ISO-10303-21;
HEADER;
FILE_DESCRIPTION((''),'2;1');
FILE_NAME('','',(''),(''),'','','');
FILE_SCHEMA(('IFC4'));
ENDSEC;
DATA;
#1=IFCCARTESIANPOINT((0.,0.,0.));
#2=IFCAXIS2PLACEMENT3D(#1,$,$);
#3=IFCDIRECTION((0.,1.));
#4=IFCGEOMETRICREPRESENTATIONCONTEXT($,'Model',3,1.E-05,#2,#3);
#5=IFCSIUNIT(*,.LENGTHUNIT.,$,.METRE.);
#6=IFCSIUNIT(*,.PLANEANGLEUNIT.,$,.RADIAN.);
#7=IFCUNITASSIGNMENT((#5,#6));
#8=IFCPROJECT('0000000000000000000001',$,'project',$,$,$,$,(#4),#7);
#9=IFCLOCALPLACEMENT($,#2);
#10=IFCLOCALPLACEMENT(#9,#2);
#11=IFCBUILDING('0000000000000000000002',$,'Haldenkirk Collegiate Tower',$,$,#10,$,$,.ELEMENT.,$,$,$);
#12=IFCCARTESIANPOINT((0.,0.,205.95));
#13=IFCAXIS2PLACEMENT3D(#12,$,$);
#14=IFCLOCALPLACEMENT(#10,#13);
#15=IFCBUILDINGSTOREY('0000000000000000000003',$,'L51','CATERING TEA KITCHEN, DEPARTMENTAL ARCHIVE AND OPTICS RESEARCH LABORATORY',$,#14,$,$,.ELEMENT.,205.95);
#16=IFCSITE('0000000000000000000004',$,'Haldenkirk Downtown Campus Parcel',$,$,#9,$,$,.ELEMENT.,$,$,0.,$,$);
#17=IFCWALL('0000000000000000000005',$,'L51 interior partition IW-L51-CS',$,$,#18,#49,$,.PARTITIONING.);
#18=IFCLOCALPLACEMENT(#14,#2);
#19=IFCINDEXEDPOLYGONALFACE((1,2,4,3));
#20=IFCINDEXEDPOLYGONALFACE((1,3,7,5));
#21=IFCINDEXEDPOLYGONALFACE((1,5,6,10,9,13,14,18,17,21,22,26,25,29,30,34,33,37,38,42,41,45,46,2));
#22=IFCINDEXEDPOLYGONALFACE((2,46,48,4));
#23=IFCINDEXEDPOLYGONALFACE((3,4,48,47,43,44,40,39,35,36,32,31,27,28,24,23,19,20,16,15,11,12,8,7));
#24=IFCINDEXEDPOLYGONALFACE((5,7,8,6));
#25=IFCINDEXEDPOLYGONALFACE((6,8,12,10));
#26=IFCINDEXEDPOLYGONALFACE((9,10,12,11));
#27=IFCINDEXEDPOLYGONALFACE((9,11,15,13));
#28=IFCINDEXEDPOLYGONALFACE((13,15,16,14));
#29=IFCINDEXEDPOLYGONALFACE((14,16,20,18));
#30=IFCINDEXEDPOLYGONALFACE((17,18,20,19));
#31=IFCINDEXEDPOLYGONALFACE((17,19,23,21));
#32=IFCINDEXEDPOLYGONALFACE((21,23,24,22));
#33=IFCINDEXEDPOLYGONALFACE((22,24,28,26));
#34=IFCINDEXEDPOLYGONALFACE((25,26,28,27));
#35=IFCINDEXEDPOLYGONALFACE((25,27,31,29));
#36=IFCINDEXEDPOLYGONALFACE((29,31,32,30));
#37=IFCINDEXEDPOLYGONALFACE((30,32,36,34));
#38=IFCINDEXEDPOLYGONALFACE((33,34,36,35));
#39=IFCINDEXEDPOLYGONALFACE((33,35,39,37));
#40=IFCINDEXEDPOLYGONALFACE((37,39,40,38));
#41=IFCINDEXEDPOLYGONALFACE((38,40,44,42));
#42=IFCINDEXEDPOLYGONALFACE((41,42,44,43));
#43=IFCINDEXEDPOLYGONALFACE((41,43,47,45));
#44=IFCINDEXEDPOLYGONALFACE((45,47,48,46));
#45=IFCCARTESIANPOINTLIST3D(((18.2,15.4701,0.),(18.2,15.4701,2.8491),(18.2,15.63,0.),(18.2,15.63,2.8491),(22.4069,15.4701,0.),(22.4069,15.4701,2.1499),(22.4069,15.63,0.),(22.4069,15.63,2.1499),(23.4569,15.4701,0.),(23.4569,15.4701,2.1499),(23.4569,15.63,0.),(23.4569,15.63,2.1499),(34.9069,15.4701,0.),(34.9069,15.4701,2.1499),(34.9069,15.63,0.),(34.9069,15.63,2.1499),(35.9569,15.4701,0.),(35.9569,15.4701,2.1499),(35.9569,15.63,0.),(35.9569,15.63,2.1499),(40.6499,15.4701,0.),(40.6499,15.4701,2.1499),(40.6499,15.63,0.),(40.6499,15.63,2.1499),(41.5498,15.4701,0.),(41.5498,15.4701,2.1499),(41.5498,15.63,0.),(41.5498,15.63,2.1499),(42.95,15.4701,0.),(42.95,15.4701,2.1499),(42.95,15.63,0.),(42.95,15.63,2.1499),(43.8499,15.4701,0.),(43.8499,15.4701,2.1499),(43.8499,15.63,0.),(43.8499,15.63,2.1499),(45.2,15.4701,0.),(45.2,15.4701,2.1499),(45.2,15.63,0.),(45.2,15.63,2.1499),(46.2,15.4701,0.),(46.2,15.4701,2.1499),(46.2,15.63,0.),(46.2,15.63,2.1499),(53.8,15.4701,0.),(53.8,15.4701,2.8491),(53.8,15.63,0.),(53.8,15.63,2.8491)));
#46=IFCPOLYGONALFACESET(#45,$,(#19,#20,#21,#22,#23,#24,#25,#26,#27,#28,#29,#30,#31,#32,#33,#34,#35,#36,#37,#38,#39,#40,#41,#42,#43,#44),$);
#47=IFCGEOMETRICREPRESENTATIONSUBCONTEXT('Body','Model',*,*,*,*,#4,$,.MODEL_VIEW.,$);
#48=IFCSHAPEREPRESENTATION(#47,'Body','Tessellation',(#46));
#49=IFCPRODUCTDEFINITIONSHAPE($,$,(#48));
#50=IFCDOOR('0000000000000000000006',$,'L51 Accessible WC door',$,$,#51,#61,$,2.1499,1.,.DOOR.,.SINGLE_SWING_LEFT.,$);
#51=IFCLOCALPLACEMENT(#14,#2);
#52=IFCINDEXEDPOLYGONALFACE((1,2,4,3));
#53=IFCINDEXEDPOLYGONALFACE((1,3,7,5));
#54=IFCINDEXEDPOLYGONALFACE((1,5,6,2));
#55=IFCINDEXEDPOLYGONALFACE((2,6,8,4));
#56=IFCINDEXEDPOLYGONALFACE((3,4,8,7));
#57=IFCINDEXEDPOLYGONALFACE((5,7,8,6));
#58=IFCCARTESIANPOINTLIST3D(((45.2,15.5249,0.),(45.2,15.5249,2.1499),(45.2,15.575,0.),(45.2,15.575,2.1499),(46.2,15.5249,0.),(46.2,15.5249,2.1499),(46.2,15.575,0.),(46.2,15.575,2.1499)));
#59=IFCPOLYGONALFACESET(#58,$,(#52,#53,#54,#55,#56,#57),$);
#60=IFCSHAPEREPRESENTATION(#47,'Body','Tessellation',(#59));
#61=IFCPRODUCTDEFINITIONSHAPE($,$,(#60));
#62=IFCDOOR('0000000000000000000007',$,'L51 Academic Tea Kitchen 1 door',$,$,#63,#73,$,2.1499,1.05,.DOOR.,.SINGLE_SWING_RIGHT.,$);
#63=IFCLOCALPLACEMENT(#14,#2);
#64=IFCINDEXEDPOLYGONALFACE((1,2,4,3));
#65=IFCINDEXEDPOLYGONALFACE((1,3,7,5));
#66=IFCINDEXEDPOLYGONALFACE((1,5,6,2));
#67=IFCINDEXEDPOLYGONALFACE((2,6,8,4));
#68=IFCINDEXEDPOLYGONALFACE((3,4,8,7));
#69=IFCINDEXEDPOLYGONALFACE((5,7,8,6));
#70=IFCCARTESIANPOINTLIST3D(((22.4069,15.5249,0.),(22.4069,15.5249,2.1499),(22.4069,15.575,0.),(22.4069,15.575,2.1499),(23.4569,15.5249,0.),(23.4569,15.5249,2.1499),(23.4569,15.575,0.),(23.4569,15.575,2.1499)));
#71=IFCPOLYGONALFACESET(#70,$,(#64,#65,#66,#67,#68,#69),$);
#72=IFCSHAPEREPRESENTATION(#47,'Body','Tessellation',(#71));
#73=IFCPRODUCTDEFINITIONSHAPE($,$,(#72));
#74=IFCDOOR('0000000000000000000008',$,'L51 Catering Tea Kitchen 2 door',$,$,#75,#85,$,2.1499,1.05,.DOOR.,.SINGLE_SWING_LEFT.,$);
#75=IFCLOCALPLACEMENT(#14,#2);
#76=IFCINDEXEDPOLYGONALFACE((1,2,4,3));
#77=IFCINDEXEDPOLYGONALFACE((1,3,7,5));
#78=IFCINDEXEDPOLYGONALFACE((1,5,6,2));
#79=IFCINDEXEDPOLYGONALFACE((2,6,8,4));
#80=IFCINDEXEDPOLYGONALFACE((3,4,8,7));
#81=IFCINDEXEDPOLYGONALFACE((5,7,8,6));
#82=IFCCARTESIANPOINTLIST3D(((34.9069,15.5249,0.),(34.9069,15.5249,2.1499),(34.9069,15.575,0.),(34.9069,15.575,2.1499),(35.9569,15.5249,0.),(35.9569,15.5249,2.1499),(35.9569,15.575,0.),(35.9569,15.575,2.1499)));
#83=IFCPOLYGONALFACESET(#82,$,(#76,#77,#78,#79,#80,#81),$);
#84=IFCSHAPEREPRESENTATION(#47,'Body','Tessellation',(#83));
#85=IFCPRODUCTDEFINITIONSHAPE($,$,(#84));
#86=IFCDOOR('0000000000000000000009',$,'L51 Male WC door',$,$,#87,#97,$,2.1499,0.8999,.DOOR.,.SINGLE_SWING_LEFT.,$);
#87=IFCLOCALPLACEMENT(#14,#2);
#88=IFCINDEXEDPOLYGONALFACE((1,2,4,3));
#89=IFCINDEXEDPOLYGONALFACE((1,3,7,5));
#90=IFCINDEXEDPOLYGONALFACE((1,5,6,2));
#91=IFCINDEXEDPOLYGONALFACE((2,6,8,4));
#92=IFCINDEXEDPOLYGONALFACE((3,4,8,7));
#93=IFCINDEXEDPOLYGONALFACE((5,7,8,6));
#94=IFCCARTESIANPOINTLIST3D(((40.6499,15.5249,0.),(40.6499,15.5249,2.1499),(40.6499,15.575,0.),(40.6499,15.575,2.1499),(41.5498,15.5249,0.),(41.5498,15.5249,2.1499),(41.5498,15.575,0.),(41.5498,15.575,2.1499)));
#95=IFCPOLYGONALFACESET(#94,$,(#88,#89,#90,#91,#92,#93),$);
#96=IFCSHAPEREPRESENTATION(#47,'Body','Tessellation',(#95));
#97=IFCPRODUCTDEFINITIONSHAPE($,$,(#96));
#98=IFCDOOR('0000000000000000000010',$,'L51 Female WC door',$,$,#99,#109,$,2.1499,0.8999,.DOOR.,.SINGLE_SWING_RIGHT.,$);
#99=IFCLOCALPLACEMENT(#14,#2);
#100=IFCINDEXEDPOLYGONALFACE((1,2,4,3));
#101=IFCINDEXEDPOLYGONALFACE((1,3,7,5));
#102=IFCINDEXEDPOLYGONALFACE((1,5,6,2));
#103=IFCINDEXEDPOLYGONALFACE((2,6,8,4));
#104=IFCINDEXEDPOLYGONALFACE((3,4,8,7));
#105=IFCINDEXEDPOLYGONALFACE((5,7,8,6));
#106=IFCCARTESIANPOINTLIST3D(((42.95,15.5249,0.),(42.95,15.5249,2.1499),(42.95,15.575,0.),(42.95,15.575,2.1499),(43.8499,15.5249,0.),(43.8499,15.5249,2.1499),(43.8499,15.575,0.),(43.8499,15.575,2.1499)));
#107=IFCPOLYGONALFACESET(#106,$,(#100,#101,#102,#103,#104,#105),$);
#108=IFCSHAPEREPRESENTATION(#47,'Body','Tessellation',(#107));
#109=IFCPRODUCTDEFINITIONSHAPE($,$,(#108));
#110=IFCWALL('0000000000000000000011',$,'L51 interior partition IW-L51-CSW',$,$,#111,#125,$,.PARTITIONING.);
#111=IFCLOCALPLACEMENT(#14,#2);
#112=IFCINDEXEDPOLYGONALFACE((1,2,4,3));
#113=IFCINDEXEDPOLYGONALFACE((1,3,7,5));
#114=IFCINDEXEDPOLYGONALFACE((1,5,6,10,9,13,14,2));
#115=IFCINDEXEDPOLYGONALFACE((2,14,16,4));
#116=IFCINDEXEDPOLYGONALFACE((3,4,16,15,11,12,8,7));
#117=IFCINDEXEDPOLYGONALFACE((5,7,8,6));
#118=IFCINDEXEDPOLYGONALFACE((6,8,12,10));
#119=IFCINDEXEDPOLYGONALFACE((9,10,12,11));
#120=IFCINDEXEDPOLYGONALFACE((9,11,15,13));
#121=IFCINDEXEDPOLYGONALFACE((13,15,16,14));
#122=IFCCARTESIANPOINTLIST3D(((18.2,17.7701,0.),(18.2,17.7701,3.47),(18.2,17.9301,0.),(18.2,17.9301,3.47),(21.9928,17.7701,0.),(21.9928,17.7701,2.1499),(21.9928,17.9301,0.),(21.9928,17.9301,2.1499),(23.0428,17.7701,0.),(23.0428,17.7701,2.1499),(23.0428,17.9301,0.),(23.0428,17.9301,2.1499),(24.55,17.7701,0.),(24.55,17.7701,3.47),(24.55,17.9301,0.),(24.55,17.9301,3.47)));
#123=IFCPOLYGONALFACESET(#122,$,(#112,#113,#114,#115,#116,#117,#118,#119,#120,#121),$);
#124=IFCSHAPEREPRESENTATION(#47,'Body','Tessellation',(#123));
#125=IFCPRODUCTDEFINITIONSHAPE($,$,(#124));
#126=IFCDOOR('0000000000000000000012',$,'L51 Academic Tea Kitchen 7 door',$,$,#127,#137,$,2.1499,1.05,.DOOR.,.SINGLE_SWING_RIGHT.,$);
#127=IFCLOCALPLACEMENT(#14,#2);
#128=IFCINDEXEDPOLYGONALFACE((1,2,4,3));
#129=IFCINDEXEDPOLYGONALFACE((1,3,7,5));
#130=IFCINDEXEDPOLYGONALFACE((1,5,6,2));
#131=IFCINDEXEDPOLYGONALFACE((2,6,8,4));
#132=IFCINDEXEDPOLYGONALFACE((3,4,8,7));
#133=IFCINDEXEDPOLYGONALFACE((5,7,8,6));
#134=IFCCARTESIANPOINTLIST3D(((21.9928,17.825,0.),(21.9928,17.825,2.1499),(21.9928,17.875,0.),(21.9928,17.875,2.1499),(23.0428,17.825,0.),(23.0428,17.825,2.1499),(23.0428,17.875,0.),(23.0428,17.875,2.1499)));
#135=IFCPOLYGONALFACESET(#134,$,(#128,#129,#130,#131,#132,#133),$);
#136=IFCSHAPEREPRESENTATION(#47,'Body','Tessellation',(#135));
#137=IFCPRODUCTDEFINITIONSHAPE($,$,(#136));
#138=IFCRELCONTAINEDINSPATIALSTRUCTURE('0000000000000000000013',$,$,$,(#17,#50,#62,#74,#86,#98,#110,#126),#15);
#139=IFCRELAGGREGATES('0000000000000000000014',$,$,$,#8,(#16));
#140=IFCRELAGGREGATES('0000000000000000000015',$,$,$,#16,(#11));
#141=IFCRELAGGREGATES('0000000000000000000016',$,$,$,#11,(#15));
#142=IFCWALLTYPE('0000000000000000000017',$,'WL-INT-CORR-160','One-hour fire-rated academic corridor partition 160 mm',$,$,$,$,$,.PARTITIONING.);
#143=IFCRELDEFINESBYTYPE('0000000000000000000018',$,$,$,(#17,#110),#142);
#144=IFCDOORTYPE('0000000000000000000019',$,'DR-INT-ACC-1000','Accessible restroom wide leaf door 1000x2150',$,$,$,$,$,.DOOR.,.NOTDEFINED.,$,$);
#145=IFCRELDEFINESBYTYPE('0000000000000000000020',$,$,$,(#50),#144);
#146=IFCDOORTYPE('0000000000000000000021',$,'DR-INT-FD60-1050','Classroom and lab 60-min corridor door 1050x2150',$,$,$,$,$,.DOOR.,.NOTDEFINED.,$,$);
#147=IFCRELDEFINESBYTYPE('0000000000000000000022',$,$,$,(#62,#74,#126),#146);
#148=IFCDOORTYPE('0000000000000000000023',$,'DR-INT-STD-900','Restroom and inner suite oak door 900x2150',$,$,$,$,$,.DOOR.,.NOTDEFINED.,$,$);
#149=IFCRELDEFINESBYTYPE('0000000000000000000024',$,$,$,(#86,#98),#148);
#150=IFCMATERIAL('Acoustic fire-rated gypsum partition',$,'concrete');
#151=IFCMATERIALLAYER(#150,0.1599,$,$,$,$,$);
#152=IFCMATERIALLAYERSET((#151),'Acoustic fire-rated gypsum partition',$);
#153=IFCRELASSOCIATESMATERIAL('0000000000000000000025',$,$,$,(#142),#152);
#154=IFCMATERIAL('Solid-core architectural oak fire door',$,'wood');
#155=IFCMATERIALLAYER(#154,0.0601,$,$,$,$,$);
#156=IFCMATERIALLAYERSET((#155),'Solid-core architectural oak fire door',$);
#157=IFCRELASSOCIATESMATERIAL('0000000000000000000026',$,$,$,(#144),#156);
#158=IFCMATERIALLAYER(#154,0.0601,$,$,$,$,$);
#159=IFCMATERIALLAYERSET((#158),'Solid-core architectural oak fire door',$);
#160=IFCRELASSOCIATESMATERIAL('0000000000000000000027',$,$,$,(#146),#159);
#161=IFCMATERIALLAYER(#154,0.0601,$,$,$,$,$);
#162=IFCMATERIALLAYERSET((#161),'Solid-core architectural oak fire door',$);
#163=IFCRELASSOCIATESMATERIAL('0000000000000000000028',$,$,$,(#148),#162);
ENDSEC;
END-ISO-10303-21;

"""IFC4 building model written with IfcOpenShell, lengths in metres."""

from ifc_helpers import new_model, si_unit, direction, frame, frame_2d, origin, place, context, subcontext, project, spatial, rectangle, extrude, material, layer, layer_set, type_object, element, fill, save


model = new_model("IFC4")

# Units and contexts
model_context = context("Model", 3, precision=1e-05, world=origin(), true_north=direction((0.0, 1.0)))
body_context = subcontext(model_context, "Body", "Model", "MODEL_VIEW")
ifc_project = project(units=[si_unit("LENGTHUNIT", "METRE"), si_unit("PLANEANGLEUNIT", "RADIAN")], contexts=[model_context])

# Site, building, storey
site_placement = place(None, origin())
site = spatial("IfcSite", under=ifc_project, at=site_placement, Name="Haldenkirk Downtown Campus Parcel", CompositionType="ELEMENT", RefElevation=0.0)
building_placement = place(site_placement, origin())
building = spatial("IfcBuilding", under=site, at=building_placement, Name="Haldenkirk Collegiate Tower", CompositionType="ELEMENT")
storey_placement = place(building_placement, frame((0.0, 0.0, 205.95)))
storey = spatial("IfcBuildingStorey", under=building, at=storey_placement, Name="L51", Description="CATERING TEA KITCHEN, DEPARTMENTAL ARCHIVE AND OPTICS RESEARCH LABORATORY", CompositionType="ELEMENT", Elevation=205.95)

# Wall, openings, doors
ifc_material_1 = material(Name="Acoustic fire-rated gypsum partition", Category="concrete")
ifc_layer_1 = layer(ifc_material_1, 0.1599)
ifc_layer_set_1 = layer_set([ifc_layer_1], Name="Acoustic fire-rated gypsum partition")
wall_type_1 = type_object("IfcWallType", Name="WL-INT-CORR-160", Description="One-hour fire-rated academic corridor partition 160 mm", PredefinedType="PARTITIONING", material=ifc_layer_set_1)
wall_1_placement = place(storey_placement, frame((18.2, 15.55, 0.0), z_axis=(0.0, 0.0, 1.0), x_axis=(1.0, 0.0, 0.0)))
wall_1 = element("IfcWall", 1, at=wall_1_placement, inside=storey, type_object=wall_type_1, Name="L51 interior partition IW-L51-CS", PredefinedType="PARTITIONING", context=body_context, shape_type="SweptSolid", body=[
    extrude(rectangle(XDim=35.6001, YDim=0.1599, at=frame_2d((17.8, 0.0))), origin(), (0.0, 0.0, 1.0), 2.8491),
])
opening_1_placement = place(wall_1_placement, frame((22.45, 0.0, 0.0)))
opening_1 = element("IfcOpeningElement", 2, at=opening_1_placement, cuts=wall_1, PredefinedType="OPENING", context=body_context, shape_type="SweptSolid", body=[
    extrude(rectangle(XDim=0.8999, YDim=2.1499, at=frame_2d((0.45, 1.075))), frame((0.0, 0.0898, 0.0), z_axis=(0.0, -1.0, 0.0), x_axis=(1.0, 0.0, 0.0)), (0.0, 0.0, 1.0), 0.1799),
])
opening_2_placement = place(wall_1_placement, frame((24.75, 0.0, 0.0)))
opening_2 = element("IfcOpeningElement", 3, at=opening_2_placement, cuts=wall_1, PredefinedType="OPENING", context=body_context, shape_type="SweptSolid", body=[
    extrude(rectangle(XDim=0.8999, YDim=2.1499, at=frame_2d((0.45, 1.075))), frame((0.0, 0.0898, 0.0), z_axis=(0.0, -1.0, 0.0), x_axis=(1.0, 0.0, 0.0)), (0.0, 0.0, 1.0), 0.1799),
])
opening_3_placement = place(wall_1_placement, frame((27.0, 0.0, 0.0)))
opening_3 = element("IfcOpeningElement", 4, at=opening_3_placement, cuts=wall_1, PredefinedType="OPENING", context=body_context, shape_type="SweptSolid", body=[
    extrude(rectangle(XDim=1.0, YDim=2.1499, at=frame_2d((0.5, 1.075))), frame((0.0, 0.0898, 0.0), z_axis=(0.0, -1.0, 0.0), x_axis=(1.0, 0.0, 0.0)), (0.0, 0.0, 1.0), 0.1799),
])
opening_4_placement = place(wall_1_placement, frame((4.207, 0.0, 0.0)))
opening_4 = element("IfcOpeningElement", 5, at=opening_4_placement, cuts=wall_1, PredefinedType="OPENING", context=body_context, shape_type="SweptSolid", body=[
    extrude(rectangle(XDim=1.05, YDim=2.1499, at=frame_2d((0.5249, 1.075))), frame((0.0, 0.0898, 0.0), z_axis=(0.0, -1.0, 0.0), x_axis=(1.0, 0.0, 0.0)), (0.0, 0.0, 1.0), 0.1799),
])
opening_5_placement = place(wall_1_placement, frame((16.707, 0.0, 0.0)))
opening_5 = element("IfcOpeningElement", 6, at=opening_5_placement, cuts=wall_1, PredefinedType="OPENING", context=body_context, shape_type="SweptSolid", body=[
    extrude(rectangle(XDim=1.05, YDim=2.1499, at=frame_2d((0.5249, 1.075))), frame((0.0, 0.0898, 0.0), z_axis=(0.0, -1.0, 0.0), x_axis=(1.0, 0.0, 0.0)), (0.0, 0.0, 1.0), 0.1799),
])
ifc_material_2 = material(Name="Solid-core architectural oak fire door", Category="wood")
ifc_layer_2 = layer(ifc_material_2, 0.0601)
ifc_layer_set_2 = layer_set([ifc_layer_2], Name="Solid-core architectural oak fire door")
door_type_1 = type_object("IfcDoorType", Name="DR-INT-ACC-1000", Description="Accessible restroom wide leaf door 1000x2150", OperationType="NOTDEFINED", PredefinedType="DOOR", material=ifc_layer_set_2)
door_1_placement = place(opening_3_placement, origin())
door_1 = element("IfcDoor", 7, at=door_1_placement, inside=storey, type_object=door_type_1, Name="L51 Accessible WC door", OperationType="SINGLE_SWING_LEFT", OverallHeight=2.1499, OverallWidth=1.0, PredefinedType="DOOR", context=body_context, shape_type="SweptSolid", body=[
    extrude(rectangle(XDim=1.0, YDim=2.1499, at=frame_2d((0.5, 1.075))), frame((0.0, 0.0249, 0.0), z_axis=(0.0, -1.0, 0.0), x_axis=(1.0, 0.0, 0.0)), (0.0, 0.0, 1.0), 0.05),
])
fill(opening_3, door_1)
ifc_layer_3 = layer(ifc_material_2, 0.0601)
ifc_layer_set_3 = layer_set([ifc_layer_3], Name="Solid-core architectural oak fire door")
door_type_2 = type_object("IfcDoorType", Name="DR-INT-FD60-1050", Description="Classroom and lab 60-min corridor door 1050x2150", OperationType="NOTDEFINED", PredefinedType="DOOR", material=ifc_layer_set_3)
door_2_placement = place(opening_4_placement, origin())
door_2 = element("IfcDoor", 8, at=door_2_placement, inside=storey, type_object=door_type_2, Name="L51 Academic Tea Kitchen 1 door", OperationType="SINGLE_SWING_RIGHT", OverallHeight=2.1499, OverallWidth=1.05, PredefinedType="DOOR", context=body_context, shape_type="SweptSolid", body=[
    extrude(rectangle(XDim=1.05, YDim=2.1499, at=frame_2d((0.5249, 1.075))), frame((0.0, 0.0249, 0.0), z_axis=(0.0, -1.0, 0.0), x_axis=(1.0, 0.0, 0.0)), (0.0, 0.0, 1.0), 0.05),
])
fill(opening_4, door_2)
door_3_placement = place(opening_5_placement, origin())
door_3 = element("IfcDoor", 9, at=door_3_placement, inside=storey, type_object=door_type_2, Name="L51 Catering Tea Kitchen 2 door", OperationType="SINGLE_SWING_LEFT", OverallHeight=2.1499, OverallWidth=1.05, PredefinedType="DOOR", context=body_context, shape_type="SweptSolid", body=[
    extrude(rectangle(XDim=1.05, YDim=2.1499, at=frame_2d((0.5249, 1.075))), frame((0.0, 0.0249, 0.0), z_axis=(0.0, -1.0, 0.0), x_axis=(1.0, 0.0, 0.0)), (0.0, 0.0, 1.0), 0.05),
])
fill(opening_5, door_3)
ifc_layer_4 = layer(ifc_material_2, 0.0601)
ifc_layer_set_4 = layer_set([ifc_layer_4], Name="Solid-core architectural oak fire door")
door_type_3 = type_object("IfcDoorType", Name="DR-INT-STD-900", Description="Restroom and inner suite oak door 900x2150", OperationType="NOTDEFINED", PredefinedType="DOOR", material=ifc_layer_set_4)
door_4_placement = place(opening_1_placement, origin())
door_4 = element("IfcDoor", 10, at=door_4_placement, inside=storey, type_object=door_type_3, Name="L51 Male WC door", OperationType="SINGLE_SWING_LEFT", OverallHeight=2.1499, OverallWidth=0.8999, PredefinedType="DOOR", context=body_context, shape_type="SweptSolid", body=[
    extrude(rectangle(XDim=0.8999, YDim=2.1499, at=frame_2d((0.45, 1.075))), frame((0.0, 0.0249, 0.0), z_axis=(0.0, -1.0, 0.0), x_axis=(1.0, 0.0, 0.0)), (0.0, 0.0, 1.0), 0.05),
])
fill(opening_1, door_4)
door_5_placement = place(opening_2_placement, origin())
door_5 = element("IfcDoor", 11, at=door_5_placement, inside=storey, type_object=door_type_3, Name="L51 Female WC door", OperationType="SINGLE_SWING_RIGHT", OverallHeight=2.1499, OverallWidth=0.8999, PredefinedType="DOOR", context=body_context, shape_type="SweptSolid", body=[
    extrude(rectangle(XDim=0.8999, YDim=2.1499, at=frame_2d((0.45, 1.075))), frame((0.0, 0.0249, 0.0), z_axis=(0.0, -1.0, 0.0), x_axis=(1.0, 0.0, 0.0)), (0.0, 0.0, 1.0), 0.05),
])
fill(opening_2, door_5)

# Wall, opening, door
wall_2_placement = place(storey_placement, frame((18.2, 17.8501, 0.0), z_axis=(0.0, 0.0, 1.0), x_axis=(1.0, 0.0, 0.0)))
wall_2 = element("IfcWall", 12, at=wall_2_placement, inside=storey, type_object=wall_type_1, Name="L51 interior partition IW-L51-CSW", PredefinedType="PARTITIONING", context=body_context, shape_type="SweptSolid", body=[
    extrude(rectangle(XDim=6.3501, YDim=0.1599, at=frame_2d((3.175, 0.0))), origin(), (0.0, 0.0, 1.0), 3.47),
])
opening_6_placement = place(wall_2_placement, frame((3.793, 0.0, 0.0)))
opening_6 = element("IfcOpeningElement", 13, at=opening_6_placement, cuts=wall_2, PredefinedType="OPENING", context=body_context, shape_type="SweptSolid", body=[
    extrude(rectangle(XDim=1.05, YDim=2.1499, at=frame_2d((0.5249, 1.075))), frame((0.0, 0.0898, 0.0), z_axis=(0.0, -1.0, 0.0), x_axis=(1.0, 0.0, 0.0)), (0.0, 0.0, 1.0), 0.1799),
])
door_6_placement = place(opening_6_placement, origin())
door_6 = element("IfcDoor", 14, at=door_6_placement, inside=storey, type_object=door_type_2, Name="L51 Academic Tea Kitchen 7 door", OperationType="SINGLE_SWING_RIGHT", OverallHeight=2.1499, OverallWidth=1.05, PredefinedType="DOOR", context=body_context, shape_type="SweptSolid", body=[
    extrude(rectangle(XDim=1.05, YDim=2.1499, at=frame_2d((0.5249, 1.075))), frame((0.0, 0.0249, 0.0), z_axis=(0.0, -1.0, 0.0), x_axis=(1.0, 0.0, 0.0)), (0.0, 0.0, 1.0), 0.05),
])
fill(opening_6, door_6)

save(model, "model.ifc")
